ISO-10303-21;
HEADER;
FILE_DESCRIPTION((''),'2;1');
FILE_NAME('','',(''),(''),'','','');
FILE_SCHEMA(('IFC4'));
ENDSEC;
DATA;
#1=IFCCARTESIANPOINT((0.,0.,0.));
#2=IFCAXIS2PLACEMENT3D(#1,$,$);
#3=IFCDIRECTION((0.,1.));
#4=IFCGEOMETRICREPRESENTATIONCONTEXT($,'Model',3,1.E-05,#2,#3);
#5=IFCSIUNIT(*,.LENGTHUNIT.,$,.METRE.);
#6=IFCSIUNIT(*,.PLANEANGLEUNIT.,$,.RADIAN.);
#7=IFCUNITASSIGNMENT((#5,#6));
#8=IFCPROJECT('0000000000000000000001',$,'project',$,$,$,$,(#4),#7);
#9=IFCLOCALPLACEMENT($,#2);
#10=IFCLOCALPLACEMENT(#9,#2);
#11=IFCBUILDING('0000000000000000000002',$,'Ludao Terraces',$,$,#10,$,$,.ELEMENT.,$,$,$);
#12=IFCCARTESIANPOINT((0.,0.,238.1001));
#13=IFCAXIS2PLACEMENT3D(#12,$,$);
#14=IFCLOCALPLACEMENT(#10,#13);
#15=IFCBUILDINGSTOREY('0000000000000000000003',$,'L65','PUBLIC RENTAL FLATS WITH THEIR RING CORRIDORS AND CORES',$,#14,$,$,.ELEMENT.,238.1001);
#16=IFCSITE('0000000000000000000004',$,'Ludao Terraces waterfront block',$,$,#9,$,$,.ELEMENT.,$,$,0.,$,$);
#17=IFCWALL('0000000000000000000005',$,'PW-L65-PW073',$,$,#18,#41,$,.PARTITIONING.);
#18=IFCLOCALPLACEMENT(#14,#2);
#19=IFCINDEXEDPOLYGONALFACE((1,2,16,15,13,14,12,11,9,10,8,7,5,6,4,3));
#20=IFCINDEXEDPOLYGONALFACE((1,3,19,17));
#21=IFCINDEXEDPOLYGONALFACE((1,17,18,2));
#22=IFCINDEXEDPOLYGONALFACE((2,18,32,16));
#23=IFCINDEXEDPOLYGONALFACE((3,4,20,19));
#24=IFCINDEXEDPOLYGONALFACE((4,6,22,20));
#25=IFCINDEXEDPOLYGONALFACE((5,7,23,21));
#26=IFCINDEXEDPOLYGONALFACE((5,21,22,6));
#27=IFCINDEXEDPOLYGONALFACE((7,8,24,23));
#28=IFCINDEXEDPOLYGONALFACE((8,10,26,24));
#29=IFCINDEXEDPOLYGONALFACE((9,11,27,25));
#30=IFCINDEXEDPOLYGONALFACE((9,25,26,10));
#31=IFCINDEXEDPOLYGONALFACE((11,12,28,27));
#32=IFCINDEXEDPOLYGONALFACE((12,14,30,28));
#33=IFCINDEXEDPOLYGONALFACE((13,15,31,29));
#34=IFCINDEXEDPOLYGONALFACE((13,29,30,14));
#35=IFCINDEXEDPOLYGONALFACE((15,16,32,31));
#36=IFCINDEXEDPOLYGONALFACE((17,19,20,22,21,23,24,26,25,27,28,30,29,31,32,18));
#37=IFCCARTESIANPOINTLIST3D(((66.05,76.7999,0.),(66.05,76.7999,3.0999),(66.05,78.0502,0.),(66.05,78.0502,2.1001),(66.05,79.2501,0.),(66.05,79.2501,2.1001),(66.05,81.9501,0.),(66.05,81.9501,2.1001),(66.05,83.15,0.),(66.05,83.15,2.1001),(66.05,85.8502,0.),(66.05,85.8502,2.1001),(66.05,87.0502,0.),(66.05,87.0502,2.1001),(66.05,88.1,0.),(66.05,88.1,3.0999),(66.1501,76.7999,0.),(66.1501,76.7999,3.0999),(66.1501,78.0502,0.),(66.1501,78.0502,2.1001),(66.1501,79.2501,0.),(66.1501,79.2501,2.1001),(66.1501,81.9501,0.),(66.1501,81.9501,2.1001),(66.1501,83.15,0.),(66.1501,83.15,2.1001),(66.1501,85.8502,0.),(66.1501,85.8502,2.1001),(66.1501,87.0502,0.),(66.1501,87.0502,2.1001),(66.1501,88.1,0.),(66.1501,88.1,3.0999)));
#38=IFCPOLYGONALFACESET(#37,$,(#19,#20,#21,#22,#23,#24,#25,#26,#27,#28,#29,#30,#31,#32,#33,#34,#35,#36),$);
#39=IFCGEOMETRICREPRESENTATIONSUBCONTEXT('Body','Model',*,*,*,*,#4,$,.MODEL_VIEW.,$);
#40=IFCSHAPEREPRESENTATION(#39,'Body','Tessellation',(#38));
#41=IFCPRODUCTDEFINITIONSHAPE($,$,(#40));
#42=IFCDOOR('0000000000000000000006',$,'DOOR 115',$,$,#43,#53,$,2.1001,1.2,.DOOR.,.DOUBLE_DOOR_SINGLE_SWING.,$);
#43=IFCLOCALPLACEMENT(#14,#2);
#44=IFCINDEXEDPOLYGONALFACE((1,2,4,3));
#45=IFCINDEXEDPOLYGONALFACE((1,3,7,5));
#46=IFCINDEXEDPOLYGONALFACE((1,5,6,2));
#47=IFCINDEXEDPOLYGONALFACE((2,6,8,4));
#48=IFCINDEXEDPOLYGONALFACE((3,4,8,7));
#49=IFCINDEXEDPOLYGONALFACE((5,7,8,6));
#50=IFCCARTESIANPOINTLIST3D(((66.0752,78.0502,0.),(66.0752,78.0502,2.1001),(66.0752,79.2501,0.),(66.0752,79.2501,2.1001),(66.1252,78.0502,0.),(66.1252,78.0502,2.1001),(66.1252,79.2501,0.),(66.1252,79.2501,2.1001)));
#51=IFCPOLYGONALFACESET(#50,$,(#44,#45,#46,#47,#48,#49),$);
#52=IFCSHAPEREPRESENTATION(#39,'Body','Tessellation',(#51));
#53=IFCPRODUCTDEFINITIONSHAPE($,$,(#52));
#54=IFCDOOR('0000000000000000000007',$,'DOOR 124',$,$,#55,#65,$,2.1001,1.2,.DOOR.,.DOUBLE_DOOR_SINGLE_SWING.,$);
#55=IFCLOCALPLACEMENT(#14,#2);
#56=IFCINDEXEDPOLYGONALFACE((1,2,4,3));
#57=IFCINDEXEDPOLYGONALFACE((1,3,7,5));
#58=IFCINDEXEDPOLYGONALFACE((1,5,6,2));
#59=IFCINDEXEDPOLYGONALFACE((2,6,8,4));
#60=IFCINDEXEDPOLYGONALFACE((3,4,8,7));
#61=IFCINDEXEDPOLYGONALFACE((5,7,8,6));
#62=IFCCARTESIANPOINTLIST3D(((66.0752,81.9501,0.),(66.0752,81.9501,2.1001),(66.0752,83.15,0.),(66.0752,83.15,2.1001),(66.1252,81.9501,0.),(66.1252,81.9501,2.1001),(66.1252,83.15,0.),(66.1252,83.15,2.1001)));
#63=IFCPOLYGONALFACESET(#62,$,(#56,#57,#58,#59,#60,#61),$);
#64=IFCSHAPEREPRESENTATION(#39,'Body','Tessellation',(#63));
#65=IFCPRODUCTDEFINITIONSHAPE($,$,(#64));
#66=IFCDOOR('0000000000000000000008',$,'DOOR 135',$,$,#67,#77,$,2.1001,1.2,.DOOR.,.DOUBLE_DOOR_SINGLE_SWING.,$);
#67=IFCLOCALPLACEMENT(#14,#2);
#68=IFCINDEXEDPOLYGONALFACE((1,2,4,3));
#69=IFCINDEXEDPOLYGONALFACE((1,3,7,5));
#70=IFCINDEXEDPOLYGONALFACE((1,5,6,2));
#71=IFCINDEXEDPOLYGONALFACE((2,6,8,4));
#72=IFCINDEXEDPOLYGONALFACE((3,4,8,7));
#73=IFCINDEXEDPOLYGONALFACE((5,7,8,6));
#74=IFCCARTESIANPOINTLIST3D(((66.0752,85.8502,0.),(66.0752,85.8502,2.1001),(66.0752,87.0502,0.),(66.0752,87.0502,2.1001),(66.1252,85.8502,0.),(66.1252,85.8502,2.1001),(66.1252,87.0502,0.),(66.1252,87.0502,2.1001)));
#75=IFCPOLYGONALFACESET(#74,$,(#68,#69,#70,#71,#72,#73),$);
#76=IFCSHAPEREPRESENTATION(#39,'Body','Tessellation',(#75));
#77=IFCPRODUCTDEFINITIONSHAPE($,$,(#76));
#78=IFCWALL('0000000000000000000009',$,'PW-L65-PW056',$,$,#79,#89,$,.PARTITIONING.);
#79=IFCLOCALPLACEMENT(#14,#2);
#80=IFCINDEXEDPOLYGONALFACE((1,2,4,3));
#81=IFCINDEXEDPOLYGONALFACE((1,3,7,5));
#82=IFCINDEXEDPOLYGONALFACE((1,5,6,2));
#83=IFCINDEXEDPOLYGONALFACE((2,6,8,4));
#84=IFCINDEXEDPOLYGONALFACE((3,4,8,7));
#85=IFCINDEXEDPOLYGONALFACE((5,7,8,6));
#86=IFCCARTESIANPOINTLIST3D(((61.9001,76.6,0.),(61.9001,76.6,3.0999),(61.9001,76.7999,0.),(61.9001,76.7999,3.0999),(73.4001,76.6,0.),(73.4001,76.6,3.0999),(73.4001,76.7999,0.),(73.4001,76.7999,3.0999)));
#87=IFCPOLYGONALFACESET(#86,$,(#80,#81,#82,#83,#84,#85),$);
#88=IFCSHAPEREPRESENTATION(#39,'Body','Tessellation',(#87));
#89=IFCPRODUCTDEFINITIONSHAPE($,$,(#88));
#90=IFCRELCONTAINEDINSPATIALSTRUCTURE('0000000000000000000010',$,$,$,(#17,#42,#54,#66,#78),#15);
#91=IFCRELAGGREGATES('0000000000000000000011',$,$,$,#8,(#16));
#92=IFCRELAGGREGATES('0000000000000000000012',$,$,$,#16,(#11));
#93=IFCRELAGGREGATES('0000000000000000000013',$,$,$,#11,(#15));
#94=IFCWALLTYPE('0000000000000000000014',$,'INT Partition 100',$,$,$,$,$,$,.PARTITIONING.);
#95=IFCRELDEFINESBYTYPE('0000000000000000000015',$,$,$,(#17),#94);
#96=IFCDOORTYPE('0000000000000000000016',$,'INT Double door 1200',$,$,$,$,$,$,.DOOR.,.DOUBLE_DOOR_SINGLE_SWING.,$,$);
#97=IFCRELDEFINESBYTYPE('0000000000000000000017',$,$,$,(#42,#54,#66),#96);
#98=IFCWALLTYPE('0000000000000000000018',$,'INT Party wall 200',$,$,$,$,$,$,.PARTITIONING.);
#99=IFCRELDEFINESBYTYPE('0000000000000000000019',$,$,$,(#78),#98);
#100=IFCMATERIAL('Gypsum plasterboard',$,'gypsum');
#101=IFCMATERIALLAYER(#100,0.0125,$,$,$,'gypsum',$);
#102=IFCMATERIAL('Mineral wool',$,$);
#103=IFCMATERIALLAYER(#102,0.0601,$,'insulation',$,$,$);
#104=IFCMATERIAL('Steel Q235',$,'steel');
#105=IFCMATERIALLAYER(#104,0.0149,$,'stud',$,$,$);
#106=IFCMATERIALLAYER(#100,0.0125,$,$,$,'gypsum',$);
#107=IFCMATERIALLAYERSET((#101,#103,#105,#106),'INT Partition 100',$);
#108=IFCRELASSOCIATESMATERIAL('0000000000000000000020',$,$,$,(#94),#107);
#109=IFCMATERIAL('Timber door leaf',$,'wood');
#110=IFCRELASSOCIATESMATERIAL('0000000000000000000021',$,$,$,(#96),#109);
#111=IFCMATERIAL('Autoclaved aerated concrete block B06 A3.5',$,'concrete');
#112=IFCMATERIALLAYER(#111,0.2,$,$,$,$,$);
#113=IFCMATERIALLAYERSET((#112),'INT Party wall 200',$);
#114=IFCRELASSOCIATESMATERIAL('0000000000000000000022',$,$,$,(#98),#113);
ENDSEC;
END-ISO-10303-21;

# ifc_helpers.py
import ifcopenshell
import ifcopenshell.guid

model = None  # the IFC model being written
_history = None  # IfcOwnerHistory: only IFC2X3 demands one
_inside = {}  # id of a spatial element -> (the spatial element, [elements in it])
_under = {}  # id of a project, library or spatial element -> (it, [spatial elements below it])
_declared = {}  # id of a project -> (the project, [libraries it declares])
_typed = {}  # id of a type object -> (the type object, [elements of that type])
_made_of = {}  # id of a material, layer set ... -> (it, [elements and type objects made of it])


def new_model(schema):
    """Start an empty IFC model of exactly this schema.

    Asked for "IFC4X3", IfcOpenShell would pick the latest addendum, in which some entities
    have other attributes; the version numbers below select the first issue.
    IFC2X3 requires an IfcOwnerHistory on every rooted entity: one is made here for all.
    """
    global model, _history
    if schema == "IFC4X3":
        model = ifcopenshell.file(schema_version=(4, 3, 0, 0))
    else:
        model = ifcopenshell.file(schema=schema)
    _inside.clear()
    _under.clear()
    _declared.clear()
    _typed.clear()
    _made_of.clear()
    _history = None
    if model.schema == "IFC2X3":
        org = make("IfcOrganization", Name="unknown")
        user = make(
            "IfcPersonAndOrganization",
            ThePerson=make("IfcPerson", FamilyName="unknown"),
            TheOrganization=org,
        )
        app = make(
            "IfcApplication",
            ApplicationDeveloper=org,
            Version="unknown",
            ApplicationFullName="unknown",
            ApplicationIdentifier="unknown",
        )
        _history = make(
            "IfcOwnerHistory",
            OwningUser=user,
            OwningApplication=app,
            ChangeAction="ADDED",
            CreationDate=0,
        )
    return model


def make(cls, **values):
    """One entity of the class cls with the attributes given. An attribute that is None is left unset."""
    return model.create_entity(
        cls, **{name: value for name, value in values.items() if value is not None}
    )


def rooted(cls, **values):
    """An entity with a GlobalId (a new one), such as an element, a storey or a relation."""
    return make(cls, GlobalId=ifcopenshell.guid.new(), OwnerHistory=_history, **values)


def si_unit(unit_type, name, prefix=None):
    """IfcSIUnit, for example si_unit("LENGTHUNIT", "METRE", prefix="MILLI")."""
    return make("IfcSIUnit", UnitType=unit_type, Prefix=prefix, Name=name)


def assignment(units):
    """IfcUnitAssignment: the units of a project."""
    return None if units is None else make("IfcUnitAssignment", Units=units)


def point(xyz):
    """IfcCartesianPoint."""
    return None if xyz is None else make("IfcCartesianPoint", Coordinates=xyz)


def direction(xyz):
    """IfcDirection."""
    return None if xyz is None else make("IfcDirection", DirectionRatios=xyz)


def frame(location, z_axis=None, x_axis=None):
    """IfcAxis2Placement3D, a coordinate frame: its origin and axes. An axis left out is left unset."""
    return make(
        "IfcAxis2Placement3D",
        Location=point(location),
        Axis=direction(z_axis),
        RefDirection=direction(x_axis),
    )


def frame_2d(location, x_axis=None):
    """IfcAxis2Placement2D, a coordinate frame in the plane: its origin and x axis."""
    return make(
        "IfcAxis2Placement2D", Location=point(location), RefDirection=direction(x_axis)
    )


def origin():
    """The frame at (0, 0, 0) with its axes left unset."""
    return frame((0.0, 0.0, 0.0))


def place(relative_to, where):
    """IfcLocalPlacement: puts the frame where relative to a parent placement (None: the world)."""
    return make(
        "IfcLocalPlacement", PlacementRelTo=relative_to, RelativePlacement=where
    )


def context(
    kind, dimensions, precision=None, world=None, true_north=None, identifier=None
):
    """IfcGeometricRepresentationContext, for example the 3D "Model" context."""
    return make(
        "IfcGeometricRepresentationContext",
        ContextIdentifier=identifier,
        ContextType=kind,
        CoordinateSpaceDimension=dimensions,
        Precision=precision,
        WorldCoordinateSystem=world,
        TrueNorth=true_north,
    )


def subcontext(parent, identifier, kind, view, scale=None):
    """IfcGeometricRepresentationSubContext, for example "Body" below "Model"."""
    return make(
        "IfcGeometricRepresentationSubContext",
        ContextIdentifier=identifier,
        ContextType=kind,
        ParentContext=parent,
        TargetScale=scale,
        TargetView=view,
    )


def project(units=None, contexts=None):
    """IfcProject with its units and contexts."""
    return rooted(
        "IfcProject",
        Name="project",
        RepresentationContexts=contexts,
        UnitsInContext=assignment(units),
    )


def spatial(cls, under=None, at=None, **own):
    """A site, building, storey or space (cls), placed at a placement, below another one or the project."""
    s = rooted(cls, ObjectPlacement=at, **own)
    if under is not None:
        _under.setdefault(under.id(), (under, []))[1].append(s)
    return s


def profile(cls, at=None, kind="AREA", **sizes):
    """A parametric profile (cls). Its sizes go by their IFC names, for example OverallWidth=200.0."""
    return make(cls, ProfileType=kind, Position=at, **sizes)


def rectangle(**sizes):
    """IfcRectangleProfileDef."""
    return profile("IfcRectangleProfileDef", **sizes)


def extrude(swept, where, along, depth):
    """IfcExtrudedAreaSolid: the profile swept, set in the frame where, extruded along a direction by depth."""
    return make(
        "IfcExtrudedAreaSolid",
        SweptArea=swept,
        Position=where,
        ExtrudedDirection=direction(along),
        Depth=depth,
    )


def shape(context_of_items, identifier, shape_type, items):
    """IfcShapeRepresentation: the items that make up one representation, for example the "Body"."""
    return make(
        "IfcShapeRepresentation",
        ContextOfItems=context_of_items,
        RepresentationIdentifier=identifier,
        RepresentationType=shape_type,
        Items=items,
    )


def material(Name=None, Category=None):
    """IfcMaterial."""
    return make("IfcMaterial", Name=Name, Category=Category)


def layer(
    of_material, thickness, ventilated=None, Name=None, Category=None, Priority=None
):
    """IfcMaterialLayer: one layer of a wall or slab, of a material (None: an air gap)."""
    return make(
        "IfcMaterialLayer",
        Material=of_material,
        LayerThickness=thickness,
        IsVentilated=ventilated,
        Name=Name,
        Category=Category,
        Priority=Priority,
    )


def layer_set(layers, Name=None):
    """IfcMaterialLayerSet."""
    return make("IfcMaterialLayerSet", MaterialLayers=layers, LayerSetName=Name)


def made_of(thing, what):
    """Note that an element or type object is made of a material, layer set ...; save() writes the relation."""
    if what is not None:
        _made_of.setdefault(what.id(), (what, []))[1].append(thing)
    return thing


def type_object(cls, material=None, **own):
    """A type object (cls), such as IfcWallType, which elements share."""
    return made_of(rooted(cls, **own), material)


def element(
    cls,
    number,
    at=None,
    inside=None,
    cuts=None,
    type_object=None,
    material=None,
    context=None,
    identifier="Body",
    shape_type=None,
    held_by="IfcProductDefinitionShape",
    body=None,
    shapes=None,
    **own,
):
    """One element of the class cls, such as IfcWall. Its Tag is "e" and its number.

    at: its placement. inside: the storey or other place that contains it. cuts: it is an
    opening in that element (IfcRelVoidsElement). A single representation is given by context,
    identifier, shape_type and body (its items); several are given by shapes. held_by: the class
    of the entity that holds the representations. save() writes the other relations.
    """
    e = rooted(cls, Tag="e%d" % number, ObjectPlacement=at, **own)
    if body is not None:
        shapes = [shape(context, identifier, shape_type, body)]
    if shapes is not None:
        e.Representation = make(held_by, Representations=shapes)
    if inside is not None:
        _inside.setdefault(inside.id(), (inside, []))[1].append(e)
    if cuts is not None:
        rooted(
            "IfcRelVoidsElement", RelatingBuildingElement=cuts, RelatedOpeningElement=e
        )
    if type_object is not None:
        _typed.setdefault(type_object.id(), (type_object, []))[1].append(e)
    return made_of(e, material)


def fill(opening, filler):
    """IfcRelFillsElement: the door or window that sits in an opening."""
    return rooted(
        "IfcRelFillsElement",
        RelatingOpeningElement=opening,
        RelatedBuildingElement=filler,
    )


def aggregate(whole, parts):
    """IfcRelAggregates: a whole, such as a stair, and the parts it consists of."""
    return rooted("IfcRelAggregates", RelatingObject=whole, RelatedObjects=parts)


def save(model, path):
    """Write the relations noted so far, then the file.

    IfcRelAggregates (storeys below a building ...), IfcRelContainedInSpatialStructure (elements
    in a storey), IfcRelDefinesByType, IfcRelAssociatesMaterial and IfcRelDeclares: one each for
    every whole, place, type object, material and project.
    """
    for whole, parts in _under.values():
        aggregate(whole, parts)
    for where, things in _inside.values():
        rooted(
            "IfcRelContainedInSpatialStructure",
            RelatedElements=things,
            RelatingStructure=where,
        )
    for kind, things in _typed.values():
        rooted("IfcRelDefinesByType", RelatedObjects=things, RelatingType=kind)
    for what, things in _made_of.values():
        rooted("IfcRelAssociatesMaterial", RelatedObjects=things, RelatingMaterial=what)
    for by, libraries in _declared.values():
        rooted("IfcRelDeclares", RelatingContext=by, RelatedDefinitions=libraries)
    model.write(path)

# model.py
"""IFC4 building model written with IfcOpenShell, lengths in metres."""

from ifc_helpers import new_model, si_unit, direction, frame, frame_2d, origin, place, context, subcontext, project, spatial, rectangle, extrude, material, layer, layer_set, type_object, element, fill, save


model = new_model("IFC4")

# Units and contexts
model_context = context("Model", 3, precision=1e-05, world=origin(), true_north=direction((0.0, 1.0)))
body_context = subcontext(model_context, "Body", "Model", "MODEL_VIEW")
ifc_project = project(units=[si_unit("LENGTHUNIT", "METRE"), si_unit("PLANEANGLEUNIT", "RADIAN")], contexts=[model_context])

# Site, building, storey
site_placement = place(None, origin())
site = spatial("IfcSite", under=ifc_project, at=site_placement, Name="Ludao Terraces waterfront block", CompositionType="ELEMENT", RefElevation=0.0)
building_placement = place(site_placement, origin())
building = spatial("IfcBuilding", under=site, at=building_placement, Name="Ludao Terraces", CompositionType="ELEMENT")
storey_placement = place(building_placement, frame((0.0, 0.0, 238.1001)))
storey = spatial("IfcBuildingStorey", under=building, at=storey_placement, Name="L65", Description="PUBLIC RENTAL FLATS WITH THEIR RING CORRIDORS AND CORES", CompositionType="ELEMENT", Elevation=238.1001)

# Shared definitions
ifc_material_1 = material(Name="Mineral wool")

# Shared definitions
ifc_material_2 = material(Name="Gypsum plasterboard", Category="gypsum")
ifc_layer_1 = layer(ifc_material_2, 0.0125, Category="gypsum")
ifc_layer_2 = layer(ifc_material_1, 0.0601, Name="insulation")
ifc_material_3 = material(Name="Steel Q235", Category="steel")
ifc_layer_3 = layer(ifc_material_3, 0.0149, Name="stud")
ifc_layer_4 = layer(ifc_material_2, 0.0125, Category="gypsum")
ifc_layer_set_1 = layer_set([ifc_layer_1, ifc_layer_2, ifc_layer_3, ifc_layer_4], Name="INT Partition 100")
wall_type_1 = type_object("IfcWallType", Name="INT Partition 100", PredefinedType="PARTITIONING", material=ifc_layer_set_1)

# Wall, openings, doors
wall_1_placement = place(storey_placement, frame((66.1001, 76.8, 0.0), z_axis=(0.0, 0.0, 1.0), x_axis=(0.0, 1.0, 0.0)))
wall_1 = element("IfcWall", 1, at=wall_1_placement, inside=storey, type_object=wall_type_1, Name="PW-L65-PW073", PredefinedType="PARTITIONING", context=body_context, shape_type="SweptSolid", body=[
    extrude(rectangle(XDim=11.3, YDim=0.1001, at=frame_2d((5.6499, 0.0))), origin(), (0.0, 0.0, 1.0), 3.0999),
])
opening_1_placement = place(wall_1_placement, frame((1.25, 0.0, 0.0)))
opening_1 = element("IfcOpeningElement", 2, at=opening_1_placement, cuts=wall_1, PredefinedType="OPENING", context=body_context, shape_type="SweptSolid", body=[
    extrude(rectangle(XDim=1.2, YDim=2.1001, at=frame_2d((0.6001, 1.05))), frame((0.0, 0.0601, 0.0), z_axis=(0.0, -1.0, 0.0), x_axis=(1.0, 0.0, 0.0)), (0.0, 0.0, 1.0), 0.1201),
])
opening_2_placement = place(wall_1_placement, frame((5.1499, 0.0, 0.0)))
opening_2 = element("IfcOpeningElement", 3, at=opening_2_placement, cuts=wall_1, PredefinedType="OPENING", context=body_context, shape_type="SweptSolid", body=[
    extrude(rectangle(XDim=1.2, YDim=2.1001, at=frame_2d((0.6001, 1.05))), frame((0.0, 0.0601, 0.0), z_axis=(0.0, -1.0, 0.0), x_axis=(1.0, 0.0, 0.0)), (0.0, 0.0, 1.0), 0.1201),
])
opening_3_placement = place(wall_1_placement, frame((9.05, 0.0, 0.0)))
opening_3 = element("IfcOpeningElement", 4, at=opening_3_placement, cuts=wall_1, PredefinedType="OPENING", context=body_context, shape_type="SweptSolid", body=[
    extrude(rectangle(XDim=1.2, YDim=2.1001, at=frame_2d((0.6001, 1.05))), frame((0.0, 0.0601, 0.0), z_axis=(0.0, -1.0, 0.0), x_axis=(1.0, 0.0, 0.0)), (0.0, 0.0, 1.0), 0.1201),
])
ifc_material_4 = material(Name="Timber door leaf", Category="wood")
door_type = type_object("IfcDoorType", Name="INT Double door 1200", OperationType="DOUBLE_DOOR_SINGLE_SWING", PredefinedType="DOOR", material=ifc_material_4)
door_1_placement = place(opening_1_placement, origin())
door_1 = element("IfcDoor", 5, at=door_1_placement, inside=storey, type_object=door_type, Name="DOOR 115", OperationType="DOUBLE_DOOR_SINGLE_SWING", OverallHeight=2.1001, OverallWidth=1.2, PredefinedType="DOOR", context=body_context, shape_type="SweptSolid", body=[
    extrude(rectangle(XDim=1.2, YDim=2.1001, at=frame_2d((0.6001, 1.05))), frame((0.0, 0.0249, 0.0), z_axis=(0.0, -1.0, 0.0), x_axis=(1.0, 0.0, 0.0)), (0.0, 0.0, 1.0), 0.05),
])
fill(opening_1, door_1)
door_2_placement = place(opening_2_placement, origin())
door_2 = element("IfcDoor", 6, at=door_2_placement, inside=storey, type_object=door_type, Name="DOOR 124", OperationType="DOUBLE_DOOR_SINGLE_SWING", OverallHeight=2.1001, OverallWidth=1.2, PredefinedType="DOOR", context=body_context, shape_type="SweptSolid", body=[
    extrude(rectangle(XDim=1.2, YDim=2.1001, at=frame_2d((0.6001, 1.05))), frame((0.0, 0.0249, 0.0), z_axis=(0.0, -1.0, 0.0), x_axis=(1.0, 0.0, 0.0)), (0.0, 0.0, 1.0), 0.05),
])
fill(opening_2, door_2)
door_3_placement = place(opening_3_placement, origin())
door_3 = element("IfcDoor", 7, at=door_3_placement, inside=storey, type_object=door_type, Name="DOOR 135", OperationType="DOUBLE_DOOR_SINGLE_SWING", OverallHeight=2.1001, OverallWidth=1.2, PredefinedType="DOOR", context=body_context, shape_type="SweptSolid", body=[
    extrude(rectangle(XDim=1.2, YDim=2.1001, at=frame_2d((0.6001, 1.05))), frame((0.0, 0.0249, 0.0), z_axis=(0.0, -1.0, 0.0), x_axis=(1.0, 0.0, 0.0)), (0.0, 0.0, 1.0), 0.05),
])
fill(opening_3, door_3)

# Wall
ifc_material_5 = material(Name="Autoclaved aerated concrete block B06 A3.5", Category="concrete")
ifc_layer_5 = layer(ifc_material_5, 0.2)
ifc_layer_set_2 = layer_set([ifc_layer_5], Name="INT Party wall 200")
wall_type_2 = type_object("IfcWallType", Name="INT Party wall 200", PredefinedType="PARTITIONING", material=ifc_layer_set_2)
wall_2_placement = place(storey_placement, frame((61.9001, 76.7, 0.0), z_axis=(0.0, 0.0, 1.0), x_axis=(1.0, 0.0, 0.0)))
element("IfcWall", 8, at=wall_2_placement, inside=storey, type_object=wall_type_2, Name="PW-L65-PW056", PredefinedType="PARTITIONING", context=body_context, shape_type="SweptSolid", body=[
    extrude(rectangle(XDim=11.5, YDim=0.2, at=frame_2d((5.75, 0.0))), origin(), (0.0, 0.0, 1.0), 3.0999),
])

save(model, "model.ifc")
